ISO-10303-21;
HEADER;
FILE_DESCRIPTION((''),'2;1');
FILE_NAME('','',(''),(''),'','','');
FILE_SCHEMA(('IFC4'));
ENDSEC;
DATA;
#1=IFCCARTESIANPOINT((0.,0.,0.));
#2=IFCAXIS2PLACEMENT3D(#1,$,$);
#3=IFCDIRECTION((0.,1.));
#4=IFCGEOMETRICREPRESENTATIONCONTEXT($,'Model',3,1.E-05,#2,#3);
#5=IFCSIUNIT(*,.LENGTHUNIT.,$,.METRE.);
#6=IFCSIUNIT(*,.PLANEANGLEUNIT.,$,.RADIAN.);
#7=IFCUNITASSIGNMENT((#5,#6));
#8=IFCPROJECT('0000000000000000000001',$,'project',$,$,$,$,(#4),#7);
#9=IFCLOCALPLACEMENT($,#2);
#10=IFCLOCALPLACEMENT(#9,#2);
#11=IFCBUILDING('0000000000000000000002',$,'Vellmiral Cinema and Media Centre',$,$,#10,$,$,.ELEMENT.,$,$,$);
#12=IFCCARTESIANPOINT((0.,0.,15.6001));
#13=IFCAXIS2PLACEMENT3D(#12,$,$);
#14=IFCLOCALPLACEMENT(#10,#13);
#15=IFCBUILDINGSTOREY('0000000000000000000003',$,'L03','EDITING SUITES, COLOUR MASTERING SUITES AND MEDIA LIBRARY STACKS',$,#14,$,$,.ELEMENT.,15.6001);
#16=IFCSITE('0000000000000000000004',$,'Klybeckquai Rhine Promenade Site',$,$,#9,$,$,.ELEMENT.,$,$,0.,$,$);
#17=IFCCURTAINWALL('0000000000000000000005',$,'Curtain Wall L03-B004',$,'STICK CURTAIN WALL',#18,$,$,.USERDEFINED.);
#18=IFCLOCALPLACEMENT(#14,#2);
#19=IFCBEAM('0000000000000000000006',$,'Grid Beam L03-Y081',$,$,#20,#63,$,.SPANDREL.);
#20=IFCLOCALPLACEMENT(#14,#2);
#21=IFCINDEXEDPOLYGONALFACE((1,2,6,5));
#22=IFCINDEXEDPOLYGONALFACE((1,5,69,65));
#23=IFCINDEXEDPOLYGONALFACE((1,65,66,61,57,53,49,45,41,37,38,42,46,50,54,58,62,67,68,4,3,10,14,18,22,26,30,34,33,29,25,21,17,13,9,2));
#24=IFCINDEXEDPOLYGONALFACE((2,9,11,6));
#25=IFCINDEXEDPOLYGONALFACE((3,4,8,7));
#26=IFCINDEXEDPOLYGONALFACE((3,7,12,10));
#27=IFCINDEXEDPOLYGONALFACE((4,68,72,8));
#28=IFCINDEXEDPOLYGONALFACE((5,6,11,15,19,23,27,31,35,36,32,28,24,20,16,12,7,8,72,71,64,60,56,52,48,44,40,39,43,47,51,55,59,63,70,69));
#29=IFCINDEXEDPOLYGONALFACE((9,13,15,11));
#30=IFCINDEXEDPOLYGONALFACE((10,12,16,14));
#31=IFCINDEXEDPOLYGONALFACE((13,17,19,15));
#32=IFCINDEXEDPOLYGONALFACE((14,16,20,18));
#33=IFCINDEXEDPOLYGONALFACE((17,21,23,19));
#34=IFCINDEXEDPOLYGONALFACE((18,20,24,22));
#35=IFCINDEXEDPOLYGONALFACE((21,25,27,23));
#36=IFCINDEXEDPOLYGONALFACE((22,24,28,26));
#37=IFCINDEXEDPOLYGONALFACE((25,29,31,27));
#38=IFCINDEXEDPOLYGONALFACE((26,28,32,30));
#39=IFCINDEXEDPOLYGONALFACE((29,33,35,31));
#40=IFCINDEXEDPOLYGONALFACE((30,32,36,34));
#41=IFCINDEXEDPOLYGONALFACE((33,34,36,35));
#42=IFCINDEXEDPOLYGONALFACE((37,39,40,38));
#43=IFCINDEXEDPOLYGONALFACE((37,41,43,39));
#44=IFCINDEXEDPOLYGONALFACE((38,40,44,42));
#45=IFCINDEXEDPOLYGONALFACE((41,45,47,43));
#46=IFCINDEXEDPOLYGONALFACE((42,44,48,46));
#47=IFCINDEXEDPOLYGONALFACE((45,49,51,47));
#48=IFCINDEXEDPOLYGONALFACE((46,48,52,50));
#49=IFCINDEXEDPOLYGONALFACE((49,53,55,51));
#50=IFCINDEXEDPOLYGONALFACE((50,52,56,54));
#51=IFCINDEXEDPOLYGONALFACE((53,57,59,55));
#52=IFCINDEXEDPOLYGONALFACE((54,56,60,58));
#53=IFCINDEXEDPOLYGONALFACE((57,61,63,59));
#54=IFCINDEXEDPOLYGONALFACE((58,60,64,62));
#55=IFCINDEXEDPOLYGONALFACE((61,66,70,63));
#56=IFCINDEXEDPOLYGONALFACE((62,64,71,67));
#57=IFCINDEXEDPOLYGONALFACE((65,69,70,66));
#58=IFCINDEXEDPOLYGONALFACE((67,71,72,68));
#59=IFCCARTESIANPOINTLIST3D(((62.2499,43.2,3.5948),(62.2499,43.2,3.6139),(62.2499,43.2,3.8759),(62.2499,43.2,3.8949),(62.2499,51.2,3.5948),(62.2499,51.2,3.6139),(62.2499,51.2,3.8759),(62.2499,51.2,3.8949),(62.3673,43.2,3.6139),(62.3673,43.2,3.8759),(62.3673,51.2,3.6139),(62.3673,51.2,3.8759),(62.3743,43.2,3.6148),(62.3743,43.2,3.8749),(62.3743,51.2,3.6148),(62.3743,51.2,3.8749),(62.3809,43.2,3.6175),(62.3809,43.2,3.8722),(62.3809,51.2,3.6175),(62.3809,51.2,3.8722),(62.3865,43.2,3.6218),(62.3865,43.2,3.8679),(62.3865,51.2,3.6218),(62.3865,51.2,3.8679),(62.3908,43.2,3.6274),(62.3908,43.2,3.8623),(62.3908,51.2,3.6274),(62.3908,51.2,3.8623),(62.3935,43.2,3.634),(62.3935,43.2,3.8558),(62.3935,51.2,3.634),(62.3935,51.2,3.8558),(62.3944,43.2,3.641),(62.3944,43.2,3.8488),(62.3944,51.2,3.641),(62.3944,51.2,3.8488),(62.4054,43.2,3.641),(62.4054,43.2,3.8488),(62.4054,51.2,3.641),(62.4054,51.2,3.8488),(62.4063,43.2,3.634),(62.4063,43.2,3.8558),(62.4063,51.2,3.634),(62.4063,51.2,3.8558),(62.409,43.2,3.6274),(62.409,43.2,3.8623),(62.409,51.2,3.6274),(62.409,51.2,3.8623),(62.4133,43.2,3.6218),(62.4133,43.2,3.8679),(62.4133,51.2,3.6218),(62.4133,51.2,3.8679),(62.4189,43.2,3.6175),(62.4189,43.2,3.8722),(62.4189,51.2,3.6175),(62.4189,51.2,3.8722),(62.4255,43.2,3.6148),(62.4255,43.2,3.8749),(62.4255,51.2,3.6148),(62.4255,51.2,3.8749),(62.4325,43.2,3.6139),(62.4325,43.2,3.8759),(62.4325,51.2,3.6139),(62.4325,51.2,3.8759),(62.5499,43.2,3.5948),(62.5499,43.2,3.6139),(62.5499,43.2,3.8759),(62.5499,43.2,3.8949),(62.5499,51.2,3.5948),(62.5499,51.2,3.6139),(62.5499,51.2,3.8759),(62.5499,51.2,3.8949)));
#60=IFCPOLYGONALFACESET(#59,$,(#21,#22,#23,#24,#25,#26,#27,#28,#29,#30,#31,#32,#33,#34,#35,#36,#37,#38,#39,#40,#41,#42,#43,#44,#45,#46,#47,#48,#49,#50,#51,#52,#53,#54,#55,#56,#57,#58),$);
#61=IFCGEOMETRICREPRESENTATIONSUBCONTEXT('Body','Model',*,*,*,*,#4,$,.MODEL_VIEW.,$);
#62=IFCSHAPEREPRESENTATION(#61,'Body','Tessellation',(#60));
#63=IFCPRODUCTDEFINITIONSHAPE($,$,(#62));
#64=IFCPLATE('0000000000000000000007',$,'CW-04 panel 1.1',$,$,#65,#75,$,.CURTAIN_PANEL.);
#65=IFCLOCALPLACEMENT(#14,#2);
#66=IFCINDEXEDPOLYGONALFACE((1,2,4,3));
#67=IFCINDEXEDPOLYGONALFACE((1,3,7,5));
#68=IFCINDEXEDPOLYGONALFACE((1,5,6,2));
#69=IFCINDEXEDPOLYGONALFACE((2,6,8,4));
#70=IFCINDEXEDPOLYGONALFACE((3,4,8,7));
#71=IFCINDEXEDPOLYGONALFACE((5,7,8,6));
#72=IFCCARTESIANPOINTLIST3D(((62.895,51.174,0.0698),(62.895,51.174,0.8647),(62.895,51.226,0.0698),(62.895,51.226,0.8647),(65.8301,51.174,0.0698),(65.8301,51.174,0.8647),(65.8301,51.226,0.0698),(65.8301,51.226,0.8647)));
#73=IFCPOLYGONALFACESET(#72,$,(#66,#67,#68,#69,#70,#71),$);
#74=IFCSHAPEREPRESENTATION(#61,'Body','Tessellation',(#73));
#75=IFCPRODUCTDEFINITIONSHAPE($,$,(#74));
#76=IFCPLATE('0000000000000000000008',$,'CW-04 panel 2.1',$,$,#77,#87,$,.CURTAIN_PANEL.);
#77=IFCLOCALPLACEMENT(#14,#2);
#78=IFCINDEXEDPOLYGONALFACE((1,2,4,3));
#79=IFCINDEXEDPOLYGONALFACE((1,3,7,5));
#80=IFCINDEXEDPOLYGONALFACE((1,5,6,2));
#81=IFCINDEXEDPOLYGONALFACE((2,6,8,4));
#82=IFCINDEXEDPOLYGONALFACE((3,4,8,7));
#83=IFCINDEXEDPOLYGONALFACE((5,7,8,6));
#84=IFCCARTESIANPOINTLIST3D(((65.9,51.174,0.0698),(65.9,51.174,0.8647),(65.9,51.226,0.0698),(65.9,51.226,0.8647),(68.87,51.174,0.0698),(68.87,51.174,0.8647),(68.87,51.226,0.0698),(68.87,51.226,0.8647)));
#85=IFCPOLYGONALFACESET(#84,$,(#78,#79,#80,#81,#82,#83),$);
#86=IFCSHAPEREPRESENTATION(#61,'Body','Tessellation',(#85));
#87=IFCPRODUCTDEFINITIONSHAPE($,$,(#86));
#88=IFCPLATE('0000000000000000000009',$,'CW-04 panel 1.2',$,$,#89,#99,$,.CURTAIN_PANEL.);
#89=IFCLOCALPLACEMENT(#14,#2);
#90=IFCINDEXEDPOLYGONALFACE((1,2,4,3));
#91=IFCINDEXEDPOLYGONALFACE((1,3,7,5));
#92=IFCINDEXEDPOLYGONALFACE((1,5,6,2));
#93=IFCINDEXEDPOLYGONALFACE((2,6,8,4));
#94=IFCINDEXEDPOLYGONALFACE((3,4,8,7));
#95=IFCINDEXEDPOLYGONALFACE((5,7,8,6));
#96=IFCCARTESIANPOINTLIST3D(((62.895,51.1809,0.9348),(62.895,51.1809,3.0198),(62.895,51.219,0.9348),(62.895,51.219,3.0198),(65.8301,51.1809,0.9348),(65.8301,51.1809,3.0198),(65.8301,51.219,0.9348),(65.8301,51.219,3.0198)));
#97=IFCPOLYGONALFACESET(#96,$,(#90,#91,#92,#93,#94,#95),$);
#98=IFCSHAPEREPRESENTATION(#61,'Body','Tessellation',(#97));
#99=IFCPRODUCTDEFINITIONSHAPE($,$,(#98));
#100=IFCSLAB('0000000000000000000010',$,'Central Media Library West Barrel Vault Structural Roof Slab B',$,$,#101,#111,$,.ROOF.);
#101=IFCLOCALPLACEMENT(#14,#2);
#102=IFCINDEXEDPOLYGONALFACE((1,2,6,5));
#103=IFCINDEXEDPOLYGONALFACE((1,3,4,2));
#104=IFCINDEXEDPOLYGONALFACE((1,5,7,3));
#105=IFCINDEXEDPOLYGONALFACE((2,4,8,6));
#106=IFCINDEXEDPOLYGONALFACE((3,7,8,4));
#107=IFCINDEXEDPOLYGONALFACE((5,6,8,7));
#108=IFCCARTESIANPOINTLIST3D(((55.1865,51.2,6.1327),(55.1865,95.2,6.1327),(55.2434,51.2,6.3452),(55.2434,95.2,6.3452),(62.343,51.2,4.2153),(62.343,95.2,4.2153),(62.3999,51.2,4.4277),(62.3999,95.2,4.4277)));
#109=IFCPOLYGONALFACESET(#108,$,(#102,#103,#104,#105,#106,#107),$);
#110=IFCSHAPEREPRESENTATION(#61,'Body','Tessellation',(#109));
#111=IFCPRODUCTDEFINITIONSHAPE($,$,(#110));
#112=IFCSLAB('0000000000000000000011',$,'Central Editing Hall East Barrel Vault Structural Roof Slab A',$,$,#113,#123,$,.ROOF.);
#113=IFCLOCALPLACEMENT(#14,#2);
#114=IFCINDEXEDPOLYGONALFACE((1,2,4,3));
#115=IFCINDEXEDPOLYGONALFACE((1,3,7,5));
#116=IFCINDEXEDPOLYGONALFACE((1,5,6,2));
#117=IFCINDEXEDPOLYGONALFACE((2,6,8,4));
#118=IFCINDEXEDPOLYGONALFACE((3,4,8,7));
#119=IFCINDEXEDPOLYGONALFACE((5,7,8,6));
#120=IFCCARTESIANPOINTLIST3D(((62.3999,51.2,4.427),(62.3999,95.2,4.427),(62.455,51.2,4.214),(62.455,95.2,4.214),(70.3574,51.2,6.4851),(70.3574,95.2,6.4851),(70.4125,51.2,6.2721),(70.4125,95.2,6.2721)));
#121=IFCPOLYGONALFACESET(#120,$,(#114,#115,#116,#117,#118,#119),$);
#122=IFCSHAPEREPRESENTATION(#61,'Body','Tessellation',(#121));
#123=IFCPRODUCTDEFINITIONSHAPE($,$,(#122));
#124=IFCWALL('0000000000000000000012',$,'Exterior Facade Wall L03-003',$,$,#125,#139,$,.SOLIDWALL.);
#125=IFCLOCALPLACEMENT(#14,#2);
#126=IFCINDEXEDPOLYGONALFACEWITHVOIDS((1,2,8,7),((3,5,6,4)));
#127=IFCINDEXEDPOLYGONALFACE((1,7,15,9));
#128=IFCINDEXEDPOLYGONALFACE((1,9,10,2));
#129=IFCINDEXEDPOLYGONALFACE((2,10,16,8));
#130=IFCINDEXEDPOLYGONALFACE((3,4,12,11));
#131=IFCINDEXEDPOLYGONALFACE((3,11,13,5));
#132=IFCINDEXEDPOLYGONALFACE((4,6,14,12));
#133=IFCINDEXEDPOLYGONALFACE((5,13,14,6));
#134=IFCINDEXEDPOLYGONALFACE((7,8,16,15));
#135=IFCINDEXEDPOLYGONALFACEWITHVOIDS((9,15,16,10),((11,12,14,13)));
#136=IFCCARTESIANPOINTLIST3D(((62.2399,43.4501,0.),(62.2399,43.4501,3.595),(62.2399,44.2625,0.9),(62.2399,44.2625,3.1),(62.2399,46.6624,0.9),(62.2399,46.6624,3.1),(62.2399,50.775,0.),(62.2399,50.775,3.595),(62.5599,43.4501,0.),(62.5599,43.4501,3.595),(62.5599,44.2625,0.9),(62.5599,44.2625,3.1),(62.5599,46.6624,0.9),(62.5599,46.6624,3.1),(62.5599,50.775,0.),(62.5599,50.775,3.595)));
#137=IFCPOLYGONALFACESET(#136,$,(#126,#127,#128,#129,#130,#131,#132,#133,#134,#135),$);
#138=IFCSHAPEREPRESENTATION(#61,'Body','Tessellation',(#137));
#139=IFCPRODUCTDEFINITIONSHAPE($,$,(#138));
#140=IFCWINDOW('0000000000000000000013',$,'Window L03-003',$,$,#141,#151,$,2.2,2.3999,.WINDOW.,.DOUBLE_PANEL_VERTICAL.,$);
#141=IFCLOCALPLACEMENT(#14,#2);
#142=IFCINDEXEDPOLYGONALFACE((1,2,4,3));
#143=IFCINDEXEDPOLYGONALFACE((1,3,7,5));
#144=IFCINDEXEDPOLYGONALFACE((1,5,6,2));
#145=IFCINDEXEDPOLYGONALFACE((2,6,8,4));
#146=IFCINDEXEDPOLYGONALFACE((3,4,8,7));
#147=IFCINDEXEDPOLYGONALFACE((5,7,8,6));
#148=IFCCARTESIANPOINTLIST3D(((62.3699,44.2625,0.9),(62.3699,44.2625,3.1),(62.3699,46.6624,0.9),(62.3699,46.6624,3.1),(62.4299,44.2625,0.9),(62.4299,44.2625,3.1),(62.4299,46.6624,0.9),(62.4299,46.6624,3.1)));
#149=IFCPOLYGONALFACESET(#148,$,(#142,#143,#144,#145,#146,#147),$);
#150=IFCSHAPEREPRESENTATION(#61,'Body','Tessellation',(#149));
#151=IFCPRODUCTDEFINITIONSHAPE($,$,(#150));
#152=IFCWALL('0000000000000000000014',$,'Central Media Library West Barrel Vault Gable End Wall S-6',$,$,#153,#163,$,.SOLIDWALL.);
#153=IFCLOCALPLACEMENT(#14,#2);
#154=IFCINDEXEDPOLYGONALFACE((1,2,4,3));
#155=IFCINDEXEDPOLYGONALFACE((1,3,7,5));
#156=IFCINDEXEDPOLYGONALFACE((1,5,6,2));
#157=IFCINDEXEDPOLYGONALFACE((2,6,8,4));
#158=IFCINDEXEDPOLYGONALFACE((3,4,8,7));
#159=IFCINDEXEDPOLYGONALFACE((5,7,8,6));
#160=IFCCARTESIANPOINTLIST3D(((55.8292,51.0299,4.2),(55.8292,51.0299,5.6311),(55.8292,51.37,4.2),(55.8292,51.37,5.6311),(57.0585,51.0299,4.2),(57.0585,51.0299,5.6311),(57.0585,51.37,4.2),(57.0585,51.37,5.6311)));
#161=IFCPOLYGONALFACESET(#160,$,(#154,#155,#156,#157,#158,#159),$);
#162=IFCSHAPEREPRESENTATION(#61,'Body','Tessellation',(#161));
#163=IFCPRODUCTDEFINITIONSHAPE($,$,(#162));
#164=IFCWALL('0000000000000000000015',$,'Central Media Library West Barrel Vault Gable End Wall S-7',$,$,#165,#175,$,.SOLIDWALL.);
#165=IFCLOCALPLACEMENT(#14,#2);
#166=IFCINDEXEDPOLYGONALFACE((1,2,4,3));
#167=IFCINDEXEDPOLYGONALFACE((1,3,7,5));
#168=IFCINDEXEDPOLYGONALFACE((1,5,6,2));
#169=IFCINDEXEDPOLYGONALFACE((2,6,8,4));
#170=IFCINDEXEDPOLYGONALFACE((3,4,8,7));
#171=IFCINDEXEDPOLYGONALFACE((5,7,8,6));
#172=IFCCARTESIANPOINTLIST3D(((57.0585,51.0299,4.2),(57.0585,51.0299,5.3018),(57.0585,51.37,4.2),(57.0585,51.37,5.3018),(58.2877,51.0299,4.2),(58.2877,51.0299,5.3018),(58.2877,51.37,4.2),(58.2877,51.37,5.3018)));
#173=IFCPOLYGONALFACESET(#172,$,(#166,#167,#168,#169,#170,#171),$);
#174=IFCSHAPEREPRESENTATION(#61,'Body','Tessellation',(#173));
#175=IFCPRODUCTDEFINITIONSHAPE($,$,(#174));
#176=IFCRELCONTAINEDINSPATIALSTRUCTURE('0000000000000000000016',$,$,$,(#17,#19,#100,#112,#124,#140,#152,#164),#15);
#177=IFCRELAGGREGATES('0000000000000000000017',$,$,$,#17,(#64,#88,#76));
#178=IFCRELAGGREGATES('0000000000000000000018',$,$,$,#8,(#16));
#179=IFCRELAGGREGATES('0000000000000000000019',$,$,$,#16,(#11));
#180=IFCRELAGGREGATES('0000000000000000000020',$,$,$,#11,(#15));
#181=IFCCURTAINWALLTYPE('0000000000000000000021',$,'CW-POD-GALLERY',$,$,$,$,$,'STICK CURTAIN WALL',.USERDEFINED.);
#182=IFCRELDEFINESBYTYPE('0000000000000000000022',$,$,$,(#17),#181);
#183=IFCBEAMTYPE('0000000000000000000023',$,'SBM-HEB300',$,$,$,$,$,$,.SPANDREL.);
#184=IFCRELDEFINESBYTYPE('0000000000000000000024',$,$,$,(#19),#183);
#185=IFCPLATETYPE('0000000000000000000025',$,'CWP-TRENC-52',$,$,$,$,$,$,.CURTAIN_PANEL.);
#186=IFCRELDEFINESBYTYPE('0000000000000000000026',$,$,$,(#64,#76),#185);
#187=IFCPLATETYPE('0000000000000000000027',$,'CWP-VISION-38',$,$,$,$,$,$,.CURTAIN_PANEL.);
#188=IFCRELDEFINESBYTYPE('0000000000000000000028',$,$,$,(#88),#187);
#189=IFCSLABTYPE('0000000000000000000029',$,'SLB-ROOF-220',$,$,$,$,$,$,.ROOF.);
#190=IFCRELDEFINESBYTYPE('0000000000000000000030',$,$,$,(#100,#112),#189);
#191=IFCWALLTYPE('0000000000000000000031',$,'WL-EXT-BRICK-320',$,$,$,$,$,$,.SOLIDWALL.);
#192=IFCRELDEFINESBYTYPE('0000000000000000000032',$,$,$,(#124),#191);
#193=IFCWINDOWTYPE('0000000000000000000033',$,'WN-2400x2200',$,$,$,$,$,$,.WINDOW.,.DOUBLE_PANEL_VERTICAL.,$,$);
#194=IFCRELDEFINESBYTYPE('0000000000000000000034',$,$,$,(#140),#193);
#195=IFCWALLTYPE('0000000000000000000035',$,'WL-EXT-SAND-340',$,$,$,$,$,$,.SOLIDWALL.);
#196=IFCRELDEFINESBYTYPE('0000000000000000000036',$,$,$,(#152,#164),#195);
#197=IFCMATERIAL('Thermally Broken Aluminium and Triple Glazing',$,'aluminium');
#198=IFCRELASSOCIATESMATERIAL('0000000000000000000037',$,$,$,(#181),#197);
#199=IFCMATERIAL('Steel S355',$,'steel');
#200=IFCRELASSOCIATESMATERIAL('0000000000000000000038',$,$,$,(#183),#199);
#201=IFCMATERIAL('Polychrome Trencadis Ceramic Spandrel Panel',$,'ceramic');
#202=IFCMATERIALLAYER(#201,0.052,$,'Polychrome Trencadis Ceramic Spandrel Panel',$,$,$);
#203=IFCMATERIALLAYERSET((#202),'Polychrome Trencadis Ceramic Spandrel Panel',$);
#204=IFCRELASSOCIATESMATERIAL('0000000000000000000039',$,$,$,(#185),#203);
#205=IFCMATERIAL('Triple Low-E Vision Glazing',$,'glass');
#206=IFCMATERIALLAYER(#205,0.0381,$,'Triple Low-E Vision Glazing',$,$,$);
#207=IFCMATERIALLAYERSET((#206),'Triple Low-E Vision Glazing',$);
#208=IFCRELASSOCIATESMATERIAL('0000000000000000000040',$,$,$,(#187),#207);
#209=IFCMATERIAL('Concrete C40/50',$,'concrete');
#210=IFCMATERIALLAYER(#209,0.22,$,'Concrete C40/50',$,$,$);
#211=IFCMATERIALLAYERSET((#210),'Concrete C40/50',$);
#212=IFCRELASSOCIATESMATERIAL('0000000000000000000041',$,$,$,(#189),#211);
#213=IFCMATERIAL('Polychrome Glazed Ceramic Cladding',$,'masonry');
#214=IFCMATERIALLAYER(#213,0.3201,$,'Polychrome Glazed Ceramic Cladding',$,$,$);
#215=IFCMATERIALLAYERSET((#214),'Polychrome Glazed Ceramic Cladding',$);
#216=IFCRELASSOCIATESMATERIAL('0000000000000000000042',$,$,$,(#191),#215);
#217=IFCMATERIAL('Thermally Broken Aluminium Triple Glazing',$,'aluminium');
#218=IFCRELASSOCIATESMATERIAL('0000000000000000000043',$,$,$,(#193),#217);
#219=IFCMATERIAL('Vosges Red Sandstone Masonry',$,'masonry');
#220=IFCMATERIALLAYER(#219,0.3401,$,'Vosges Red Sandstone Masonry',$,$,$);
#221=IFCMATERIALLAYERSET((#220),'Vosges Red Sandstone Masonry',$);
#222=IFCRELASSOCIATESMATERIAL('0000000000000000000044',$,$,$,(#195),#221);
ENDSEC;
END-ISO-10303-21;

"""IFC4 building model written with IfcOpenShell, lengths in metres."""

from ifc_helpers import new_model, si_unit, direction, frame, frame_2d, origin, origin_2d, place, context, subcontext, project, spatial, polyline, rectangle, i_section, outline, extrude, material, layer, layer_set, material_profile, profile_set, type_object, element, fill, aggregate, save


model = new_model("IFC4")

# Units and contexts
model_context = context("Model", 3, precision=1e-05, world=origin(), true_north=direction((0.0, 1.0)))
body_context = subcontext(model_context, "Body", "Model", "MODEL_VIEW")
ifc_project = project(units=[si_unit("LENGTHUNIT", "METRE"), si_unit("PLANEANGLEUNIT", "RADIAN")], contexts=[model_context])

# Site, building, storey
site_placement = place(None, origin())
site = spatial("IfcSite", under=ifc_project, at=site_placement, Name="Klybeckquai Rhine Promenade Site", CompositionType="ELEMENT", RefElevation=0.0)
building_placement = place(site_placement, origin())
building = spatial("IfcBuilding", under=site, at=building_placement, Name="Vellmiral Cinema and Media Centre", CompositionType="ELEMENT")
storey_placement = place(building_placement, frame((0.0, 0.0, 15.6001)))
storey = spatial("IfcBuildingStorey", under=building, at=storey_placement, Name="L03", Description="EDITING SUITES, COLOUR MASTERING SUITES AND MEDIA LIBRARY STACKS", CompositionType="ELEMENT", Elevation=15.6001)

# Curtain wall
ifc_material_1 = material(Name="Thermally Broken Aluminium and Triple Glazing", Category="aluminium")
curtain_wall_type = type_object("IfcCurtainWallType", Name="CW-POD-GALLERY", ElementType="STICK CURTAIN WALL", PredefinedType="USERDEFINED", material=ifc_material_1)
curtain_wall_placement = place(storey_placement, origin())
curtain_wall = element("IfcCurtainWall", 1, at=curtain_wall_placement, inside=storey, type_object=curtain_wall_type, Name="Curtain Wall L03-B004", ObjectType="STICK CURTAIN WALL", PredefinedType="USERDEFINED")

# Beam
ifc_material_2 = material(Name="Steel S355", Category="steel")
ifc_material_profile_1 = material_profile(ifc_material_2, i_section(OverallWidth=0.3, OverallDepth=0.3, WebThickness=0.011, FlangeThickness=0.019, FilletRadius=0.0271, at=origin_2d()), Name="HEB 300")
ifc_profile_set_1 = profile_set([ifc_material_profile_1], Name="Steel S355")
beam_type_1 = type_object("IfcBeamType", Name="SBM-HEB300", PredefinedType="SPANDREL", material=ifc_profile_set_1)
beam_1_placement = place(storey_placement, frame((62.3999, 43.2, 3.7449), z_axis=(0.0, 1.0, 0.0), x_axis=(-1.0, 0.0, 0.0)))
element("IfcBeam", 2, at=beam_1_placement, inside=storey, type_object=beam_type_1, Name="Grid Beam L03-Y081", PredefinedType="SPANDREL", context=body_context, shape_type="SweptSolid", body=[
    extrude(i_section(OverallWidth=0.3, OverallDepth=0.3, WebThickness=0.011, FlangeThickness=0.019, FilletRadius=0.0271, at=origin_2d()), origin(), (0.0, 0.0, 1.0), 8.0),
])

# Plates
ifc_material_3 = material(Name="Polychrome Trencadis Ceramic Spandrel Panel", Category="ceramic")
ifc_layer_1 = layer(ifc_material_3, 0.052, Name="Polychrome Trencadis Ceramic Spandrel Panel")
ifc_layer_set_1 = layer_set([ifc_layer_1], Name="Polychrome Trencadis Ceramic Spandrel Panel")
plate_type_1 = type_object("IfcPlateType", Name="CWP-TRENC-52", PredefinedType="CURTAIN_PANEL", material=ifc_layer_set_1)
plate_1_placement = place(storey_placement, frame((64.3625, 51.2, 0.0698), z_axis=(0.0, 0.0, 1.0), x_axis=(1.0, 0.0, 0.0)))
plate_1 = element("IfcPlate", 3, at=plate_1_placement, type_object=plate_type_1, Name="CW-04 panel 1.1", PredefinedType="CURTAIN_PANEL", context=body_context, shape_type="SweptSolid", body=[
    extrude(rectangle(XDim=2.9351, YDim=0.052, at=origin_2d()), origin(), (0.0, 0.0, 1.0), 0.7949),
])
plate_2_placement = place(storey_placement, frame((67.385, 51.2, 0.0698), z_axis=(0.0, 0.0, 1.0), x_axis=(1.0, 0.0, 0.0)))
plate_2 = element("IfcPlate", 4, at=plate_2_placement, type_object=plate_type_1, Name="CW-04 panel 2.1", PredefinedType="CURTAIN_PANEL", context=body_context, shape_type="SweptSolid", body=[
    extrude(rectangle(XDim=2.97, YDim=0.052, at=origin_2d()), origin(), (0.0, 0.0, 1.0), 0.7949),
])
ifc_material_4 = material(Name="Triple Low-E Vision Glazing", Category="glass")
ifc_layer_2 = layer(ifc_material_4, 0.0381, Name="Triple Low-E Vision Glazing")
ifc_layer_set_2 = layer_set([ifc_layer_2], Name="Triple Low-E Vision Glazing")
plate_type_2 = type_object("IfcPlateType", Name="CWP-VISION-38", PredefinedType="CURTAIN_PANEL", material=ifc_layer_set_2)
plate_3_placement = place(storey_placement, frame((64.3625, 51.2, 0.9348), z_axis=(0.0, 0.0, 1.0), x_axis=(1.0, 0.0, 0.0)))
plate_3 = element("IfcPlate", 5, at=plate_3_placement, type_object=plate_type_2, Name="CW-04 panel 1.2", PredefinedType="CURTAIN_PANEL", context=body_context, shape_type="SweptSolid", body=[
    extrude(rectangle(XDim=2.9351, YDim=0.0381, at=origin_2d()), origin(), (0.0, 0.0, 1.0), 2.085),
])
aggregate(curtain_wall, [plate_1, plate_3, plate_2])

# Slabs
ifc_material_5 = material(Name="Concrete C40/50", Category="concrete")
ifc_layer_3 = layer(ifc_material_5, 0.22, Name="Concrete C40/50")
ifc_layer_set_3 = layer_set([ifc_layer_3], Name="Concrete C40/50")
slab_type = type_object("IfcSlabType", Name="SLB-ROOF-220", PredefinedType="ROOF", material=ifc_layer_set_3)
slab_1_placement = place(storey_placement, frame((55.2434, 51.2, 6.3452), z_axis=(0.258807, 0.0, 0.965929), x_axis=(0.965929, 0.0, -0.258807)))
element("IfcSlab", 6, at=slab_1_placement, inside=storey, type_object=slab_type, Name="Central Media Library West Barrel Vault Structural Roof Slab B", PredefinedType="ROOF", context=body_context, shape_type="SweptSolid", body=[
    extrude(outline(polyline([(0.0, 0.0), (7.4089, 0.0), (7.4089, 44.0), (0.0, 44.0), (0.0, 0.0)])), origin(), (0.0, 0.0, -1.0), 0.22),
])
slab_2_placement = place(storey_placement, frame((62.3999, 51.2, 4.427), z_axis=(-0.250397, 0.0, 0.968143), x_axis=(0.968143, 0.0, 0.250397)))
element("IfcSlab", 7, at=slab_2_placement, inside=storey, type_object=slab_type, Name="Central Editing Hall East Barrel Vault Structural Roof Slab A", PredefinedType="ROOF", context=body_context, shape_type="SweptSolid", body=[
    extrude(outline(polyline([(0.0, 0.0), (8.2194, 0.0), (8.2194, 44.0), (0.0, 44.0), (0.0, 0.0)])), origin(), (0.0, 0.0, -1.0), 0.22),
])

# Wall, opening, window
ifc_material_6 = material(Name="Polychrome Glazed Ceramic Cladding", Category="masonry")
ifc_layer_4 = layer(ifc_material_6, 0.3201, Name="Polychrome Glazed Ceramic Cladding")
ifc_layer_set_4 = layer_set([ifc_layer_4], Name="Polychrome Glazed Ceramic Cladding")
wall_type_1 = type_object("IfcWallType", Name="WL-EXT-BRICK-320", PredefinedType="SOLIDWALL", material=ifc_layer_set_4)
wall_1_placement = place(storey_placement, frame((62.3999, 43.45, 0.0), z_axis=(0.0, 0.0, 1.0), x_axis=(0.0, 1.0, 0.0)))
wall_1 = element("IfcWall", 8, at=wall_1_placement, inside=storey, type_object=wall_type_1, Name="Exterior Facade Wall L03-003", PredefinedType="SOLIDWALL", context=body_context, shape_type="SweptSolid", body=[
    extrude(rectangle(XDim=7.325, YDim=0.3201, at=frame_2d((3.6626, 0.0))), origin(), (0.0, 0.0, 1.0), 3.595),
])
opening_placement = place(wall_1_placement, frame((0.8125, 0.0, 0.8999)))
opening = element("IfcOpeningElement", 9, at=opening_placement, cuts=wall_1, PredefinedType="OPENING", context=body_context, shape_type="SweptSolid", body=[
    extrude(rectangle(XDim=2.3999, YDim=2.2, at=frame_2d((1.2, 1.1001))), frame((0.0, 0.1719, 0.0), z_axis=(0.0, -1.0, 0.0), x_axis=(1.0, 0.0, 0.0)), (0.0, 0.0, 1.0), 0.344),
])
ifc_material_7 = material(Name="Thermally Broken Aluminium Triple Glazing", Category="aluminium")
window_type = type_object("IfcWindowType", Name="WN-2400x2200", PartitioningType="DOUBLE_PANEL_VERTICAL", PredefinedType="WINDOW", material=ifc_material_7)
window_placement = place(opening_placement, origin())
window = element("IfcWindow", 10, at=window_placement, inside=storey, type_object=window_type, Name="Window L03-003", OverallHeight=2.2, OverallWidth=2.3999, PartitioningType="DOUBLE_PANEL_VERTICAL", PredefinedType="WINDOW", context=body_context, shape_type="SweptSolid", body=[
    extrude(rectangle(XDim=2.3999, YDim=2.2, at=frame_2d((1.2, 1.1001))), frame((0.0, 0.03, 0.0), z_axis=(0.0, -1.0, 0.0), x_axis=(1.0, 0.0, 0.0)), (0.0, 0.0, 1.0), 0.0601),
])
fill(opening, window)

# Walls
ifc_material_8 = material(Name="Vosges Red Sandstone Masonry", Category="masonry")
ifc_layer_5 = layer(ifc_material_8, 0.3401, Name="Vosges Red Sandstone Masonry")
ifc_layer_set_5 = layer_set([ifc_layer_5], Name="Vosges Red Sandstone Masonry")
wall_type_2 = type_object("IfcWallType", Name="WL-EXT-SAND-340", PredefinedType="SOLIDWALL", material=ifc_layer_set_5)
wall_2_placement = place(storey_placement, frame((55.8291, 51.2, 4.2), z_axis=(0.0, 0.0, 1.0), x_axis=(1.0, 0.0, 0.0)))
element("IfcWall", 11, at=wall_2_placement, inside=storey, type_object=wall_type_2, Name="Central Media Library West Barrel Vault Gable End Wall S-6", PredefinedType="SOLIDWALL", context=body_context, shape_type="SweptSolid", body=[
    extrude(rectangle(XDim=1.2292, YDim=0.3401, at=frame_2d((0.6147, 0.0))), origin(), (0.0, 0.0, 1.0), 1.4312),
])
wall_3_placement = place(storey_placement, frame((57.0583, 51.2, 4.2), z_axis=(0.0, 0.0, 1.0), x_axis=(1.0, 0.0, 0.0)))
element("IfcWall", 12, at=wall_3_placement, inside=storey, type_object=wall_type_2, Name="Central Media Library West Barrel Vault Gable End Wall S-7", PredefinedType="SOLIDWALL", context=body_context, shape_type="SweptSolid", body=[
    extrude(rectangle(XDim=1.2292, YDim=0.3401, at=frame_2d((0.6147, 0.0))), origin(), (0.0, 0.0, 1.0), 1.1018),
])

save(model, "model.ifc")
